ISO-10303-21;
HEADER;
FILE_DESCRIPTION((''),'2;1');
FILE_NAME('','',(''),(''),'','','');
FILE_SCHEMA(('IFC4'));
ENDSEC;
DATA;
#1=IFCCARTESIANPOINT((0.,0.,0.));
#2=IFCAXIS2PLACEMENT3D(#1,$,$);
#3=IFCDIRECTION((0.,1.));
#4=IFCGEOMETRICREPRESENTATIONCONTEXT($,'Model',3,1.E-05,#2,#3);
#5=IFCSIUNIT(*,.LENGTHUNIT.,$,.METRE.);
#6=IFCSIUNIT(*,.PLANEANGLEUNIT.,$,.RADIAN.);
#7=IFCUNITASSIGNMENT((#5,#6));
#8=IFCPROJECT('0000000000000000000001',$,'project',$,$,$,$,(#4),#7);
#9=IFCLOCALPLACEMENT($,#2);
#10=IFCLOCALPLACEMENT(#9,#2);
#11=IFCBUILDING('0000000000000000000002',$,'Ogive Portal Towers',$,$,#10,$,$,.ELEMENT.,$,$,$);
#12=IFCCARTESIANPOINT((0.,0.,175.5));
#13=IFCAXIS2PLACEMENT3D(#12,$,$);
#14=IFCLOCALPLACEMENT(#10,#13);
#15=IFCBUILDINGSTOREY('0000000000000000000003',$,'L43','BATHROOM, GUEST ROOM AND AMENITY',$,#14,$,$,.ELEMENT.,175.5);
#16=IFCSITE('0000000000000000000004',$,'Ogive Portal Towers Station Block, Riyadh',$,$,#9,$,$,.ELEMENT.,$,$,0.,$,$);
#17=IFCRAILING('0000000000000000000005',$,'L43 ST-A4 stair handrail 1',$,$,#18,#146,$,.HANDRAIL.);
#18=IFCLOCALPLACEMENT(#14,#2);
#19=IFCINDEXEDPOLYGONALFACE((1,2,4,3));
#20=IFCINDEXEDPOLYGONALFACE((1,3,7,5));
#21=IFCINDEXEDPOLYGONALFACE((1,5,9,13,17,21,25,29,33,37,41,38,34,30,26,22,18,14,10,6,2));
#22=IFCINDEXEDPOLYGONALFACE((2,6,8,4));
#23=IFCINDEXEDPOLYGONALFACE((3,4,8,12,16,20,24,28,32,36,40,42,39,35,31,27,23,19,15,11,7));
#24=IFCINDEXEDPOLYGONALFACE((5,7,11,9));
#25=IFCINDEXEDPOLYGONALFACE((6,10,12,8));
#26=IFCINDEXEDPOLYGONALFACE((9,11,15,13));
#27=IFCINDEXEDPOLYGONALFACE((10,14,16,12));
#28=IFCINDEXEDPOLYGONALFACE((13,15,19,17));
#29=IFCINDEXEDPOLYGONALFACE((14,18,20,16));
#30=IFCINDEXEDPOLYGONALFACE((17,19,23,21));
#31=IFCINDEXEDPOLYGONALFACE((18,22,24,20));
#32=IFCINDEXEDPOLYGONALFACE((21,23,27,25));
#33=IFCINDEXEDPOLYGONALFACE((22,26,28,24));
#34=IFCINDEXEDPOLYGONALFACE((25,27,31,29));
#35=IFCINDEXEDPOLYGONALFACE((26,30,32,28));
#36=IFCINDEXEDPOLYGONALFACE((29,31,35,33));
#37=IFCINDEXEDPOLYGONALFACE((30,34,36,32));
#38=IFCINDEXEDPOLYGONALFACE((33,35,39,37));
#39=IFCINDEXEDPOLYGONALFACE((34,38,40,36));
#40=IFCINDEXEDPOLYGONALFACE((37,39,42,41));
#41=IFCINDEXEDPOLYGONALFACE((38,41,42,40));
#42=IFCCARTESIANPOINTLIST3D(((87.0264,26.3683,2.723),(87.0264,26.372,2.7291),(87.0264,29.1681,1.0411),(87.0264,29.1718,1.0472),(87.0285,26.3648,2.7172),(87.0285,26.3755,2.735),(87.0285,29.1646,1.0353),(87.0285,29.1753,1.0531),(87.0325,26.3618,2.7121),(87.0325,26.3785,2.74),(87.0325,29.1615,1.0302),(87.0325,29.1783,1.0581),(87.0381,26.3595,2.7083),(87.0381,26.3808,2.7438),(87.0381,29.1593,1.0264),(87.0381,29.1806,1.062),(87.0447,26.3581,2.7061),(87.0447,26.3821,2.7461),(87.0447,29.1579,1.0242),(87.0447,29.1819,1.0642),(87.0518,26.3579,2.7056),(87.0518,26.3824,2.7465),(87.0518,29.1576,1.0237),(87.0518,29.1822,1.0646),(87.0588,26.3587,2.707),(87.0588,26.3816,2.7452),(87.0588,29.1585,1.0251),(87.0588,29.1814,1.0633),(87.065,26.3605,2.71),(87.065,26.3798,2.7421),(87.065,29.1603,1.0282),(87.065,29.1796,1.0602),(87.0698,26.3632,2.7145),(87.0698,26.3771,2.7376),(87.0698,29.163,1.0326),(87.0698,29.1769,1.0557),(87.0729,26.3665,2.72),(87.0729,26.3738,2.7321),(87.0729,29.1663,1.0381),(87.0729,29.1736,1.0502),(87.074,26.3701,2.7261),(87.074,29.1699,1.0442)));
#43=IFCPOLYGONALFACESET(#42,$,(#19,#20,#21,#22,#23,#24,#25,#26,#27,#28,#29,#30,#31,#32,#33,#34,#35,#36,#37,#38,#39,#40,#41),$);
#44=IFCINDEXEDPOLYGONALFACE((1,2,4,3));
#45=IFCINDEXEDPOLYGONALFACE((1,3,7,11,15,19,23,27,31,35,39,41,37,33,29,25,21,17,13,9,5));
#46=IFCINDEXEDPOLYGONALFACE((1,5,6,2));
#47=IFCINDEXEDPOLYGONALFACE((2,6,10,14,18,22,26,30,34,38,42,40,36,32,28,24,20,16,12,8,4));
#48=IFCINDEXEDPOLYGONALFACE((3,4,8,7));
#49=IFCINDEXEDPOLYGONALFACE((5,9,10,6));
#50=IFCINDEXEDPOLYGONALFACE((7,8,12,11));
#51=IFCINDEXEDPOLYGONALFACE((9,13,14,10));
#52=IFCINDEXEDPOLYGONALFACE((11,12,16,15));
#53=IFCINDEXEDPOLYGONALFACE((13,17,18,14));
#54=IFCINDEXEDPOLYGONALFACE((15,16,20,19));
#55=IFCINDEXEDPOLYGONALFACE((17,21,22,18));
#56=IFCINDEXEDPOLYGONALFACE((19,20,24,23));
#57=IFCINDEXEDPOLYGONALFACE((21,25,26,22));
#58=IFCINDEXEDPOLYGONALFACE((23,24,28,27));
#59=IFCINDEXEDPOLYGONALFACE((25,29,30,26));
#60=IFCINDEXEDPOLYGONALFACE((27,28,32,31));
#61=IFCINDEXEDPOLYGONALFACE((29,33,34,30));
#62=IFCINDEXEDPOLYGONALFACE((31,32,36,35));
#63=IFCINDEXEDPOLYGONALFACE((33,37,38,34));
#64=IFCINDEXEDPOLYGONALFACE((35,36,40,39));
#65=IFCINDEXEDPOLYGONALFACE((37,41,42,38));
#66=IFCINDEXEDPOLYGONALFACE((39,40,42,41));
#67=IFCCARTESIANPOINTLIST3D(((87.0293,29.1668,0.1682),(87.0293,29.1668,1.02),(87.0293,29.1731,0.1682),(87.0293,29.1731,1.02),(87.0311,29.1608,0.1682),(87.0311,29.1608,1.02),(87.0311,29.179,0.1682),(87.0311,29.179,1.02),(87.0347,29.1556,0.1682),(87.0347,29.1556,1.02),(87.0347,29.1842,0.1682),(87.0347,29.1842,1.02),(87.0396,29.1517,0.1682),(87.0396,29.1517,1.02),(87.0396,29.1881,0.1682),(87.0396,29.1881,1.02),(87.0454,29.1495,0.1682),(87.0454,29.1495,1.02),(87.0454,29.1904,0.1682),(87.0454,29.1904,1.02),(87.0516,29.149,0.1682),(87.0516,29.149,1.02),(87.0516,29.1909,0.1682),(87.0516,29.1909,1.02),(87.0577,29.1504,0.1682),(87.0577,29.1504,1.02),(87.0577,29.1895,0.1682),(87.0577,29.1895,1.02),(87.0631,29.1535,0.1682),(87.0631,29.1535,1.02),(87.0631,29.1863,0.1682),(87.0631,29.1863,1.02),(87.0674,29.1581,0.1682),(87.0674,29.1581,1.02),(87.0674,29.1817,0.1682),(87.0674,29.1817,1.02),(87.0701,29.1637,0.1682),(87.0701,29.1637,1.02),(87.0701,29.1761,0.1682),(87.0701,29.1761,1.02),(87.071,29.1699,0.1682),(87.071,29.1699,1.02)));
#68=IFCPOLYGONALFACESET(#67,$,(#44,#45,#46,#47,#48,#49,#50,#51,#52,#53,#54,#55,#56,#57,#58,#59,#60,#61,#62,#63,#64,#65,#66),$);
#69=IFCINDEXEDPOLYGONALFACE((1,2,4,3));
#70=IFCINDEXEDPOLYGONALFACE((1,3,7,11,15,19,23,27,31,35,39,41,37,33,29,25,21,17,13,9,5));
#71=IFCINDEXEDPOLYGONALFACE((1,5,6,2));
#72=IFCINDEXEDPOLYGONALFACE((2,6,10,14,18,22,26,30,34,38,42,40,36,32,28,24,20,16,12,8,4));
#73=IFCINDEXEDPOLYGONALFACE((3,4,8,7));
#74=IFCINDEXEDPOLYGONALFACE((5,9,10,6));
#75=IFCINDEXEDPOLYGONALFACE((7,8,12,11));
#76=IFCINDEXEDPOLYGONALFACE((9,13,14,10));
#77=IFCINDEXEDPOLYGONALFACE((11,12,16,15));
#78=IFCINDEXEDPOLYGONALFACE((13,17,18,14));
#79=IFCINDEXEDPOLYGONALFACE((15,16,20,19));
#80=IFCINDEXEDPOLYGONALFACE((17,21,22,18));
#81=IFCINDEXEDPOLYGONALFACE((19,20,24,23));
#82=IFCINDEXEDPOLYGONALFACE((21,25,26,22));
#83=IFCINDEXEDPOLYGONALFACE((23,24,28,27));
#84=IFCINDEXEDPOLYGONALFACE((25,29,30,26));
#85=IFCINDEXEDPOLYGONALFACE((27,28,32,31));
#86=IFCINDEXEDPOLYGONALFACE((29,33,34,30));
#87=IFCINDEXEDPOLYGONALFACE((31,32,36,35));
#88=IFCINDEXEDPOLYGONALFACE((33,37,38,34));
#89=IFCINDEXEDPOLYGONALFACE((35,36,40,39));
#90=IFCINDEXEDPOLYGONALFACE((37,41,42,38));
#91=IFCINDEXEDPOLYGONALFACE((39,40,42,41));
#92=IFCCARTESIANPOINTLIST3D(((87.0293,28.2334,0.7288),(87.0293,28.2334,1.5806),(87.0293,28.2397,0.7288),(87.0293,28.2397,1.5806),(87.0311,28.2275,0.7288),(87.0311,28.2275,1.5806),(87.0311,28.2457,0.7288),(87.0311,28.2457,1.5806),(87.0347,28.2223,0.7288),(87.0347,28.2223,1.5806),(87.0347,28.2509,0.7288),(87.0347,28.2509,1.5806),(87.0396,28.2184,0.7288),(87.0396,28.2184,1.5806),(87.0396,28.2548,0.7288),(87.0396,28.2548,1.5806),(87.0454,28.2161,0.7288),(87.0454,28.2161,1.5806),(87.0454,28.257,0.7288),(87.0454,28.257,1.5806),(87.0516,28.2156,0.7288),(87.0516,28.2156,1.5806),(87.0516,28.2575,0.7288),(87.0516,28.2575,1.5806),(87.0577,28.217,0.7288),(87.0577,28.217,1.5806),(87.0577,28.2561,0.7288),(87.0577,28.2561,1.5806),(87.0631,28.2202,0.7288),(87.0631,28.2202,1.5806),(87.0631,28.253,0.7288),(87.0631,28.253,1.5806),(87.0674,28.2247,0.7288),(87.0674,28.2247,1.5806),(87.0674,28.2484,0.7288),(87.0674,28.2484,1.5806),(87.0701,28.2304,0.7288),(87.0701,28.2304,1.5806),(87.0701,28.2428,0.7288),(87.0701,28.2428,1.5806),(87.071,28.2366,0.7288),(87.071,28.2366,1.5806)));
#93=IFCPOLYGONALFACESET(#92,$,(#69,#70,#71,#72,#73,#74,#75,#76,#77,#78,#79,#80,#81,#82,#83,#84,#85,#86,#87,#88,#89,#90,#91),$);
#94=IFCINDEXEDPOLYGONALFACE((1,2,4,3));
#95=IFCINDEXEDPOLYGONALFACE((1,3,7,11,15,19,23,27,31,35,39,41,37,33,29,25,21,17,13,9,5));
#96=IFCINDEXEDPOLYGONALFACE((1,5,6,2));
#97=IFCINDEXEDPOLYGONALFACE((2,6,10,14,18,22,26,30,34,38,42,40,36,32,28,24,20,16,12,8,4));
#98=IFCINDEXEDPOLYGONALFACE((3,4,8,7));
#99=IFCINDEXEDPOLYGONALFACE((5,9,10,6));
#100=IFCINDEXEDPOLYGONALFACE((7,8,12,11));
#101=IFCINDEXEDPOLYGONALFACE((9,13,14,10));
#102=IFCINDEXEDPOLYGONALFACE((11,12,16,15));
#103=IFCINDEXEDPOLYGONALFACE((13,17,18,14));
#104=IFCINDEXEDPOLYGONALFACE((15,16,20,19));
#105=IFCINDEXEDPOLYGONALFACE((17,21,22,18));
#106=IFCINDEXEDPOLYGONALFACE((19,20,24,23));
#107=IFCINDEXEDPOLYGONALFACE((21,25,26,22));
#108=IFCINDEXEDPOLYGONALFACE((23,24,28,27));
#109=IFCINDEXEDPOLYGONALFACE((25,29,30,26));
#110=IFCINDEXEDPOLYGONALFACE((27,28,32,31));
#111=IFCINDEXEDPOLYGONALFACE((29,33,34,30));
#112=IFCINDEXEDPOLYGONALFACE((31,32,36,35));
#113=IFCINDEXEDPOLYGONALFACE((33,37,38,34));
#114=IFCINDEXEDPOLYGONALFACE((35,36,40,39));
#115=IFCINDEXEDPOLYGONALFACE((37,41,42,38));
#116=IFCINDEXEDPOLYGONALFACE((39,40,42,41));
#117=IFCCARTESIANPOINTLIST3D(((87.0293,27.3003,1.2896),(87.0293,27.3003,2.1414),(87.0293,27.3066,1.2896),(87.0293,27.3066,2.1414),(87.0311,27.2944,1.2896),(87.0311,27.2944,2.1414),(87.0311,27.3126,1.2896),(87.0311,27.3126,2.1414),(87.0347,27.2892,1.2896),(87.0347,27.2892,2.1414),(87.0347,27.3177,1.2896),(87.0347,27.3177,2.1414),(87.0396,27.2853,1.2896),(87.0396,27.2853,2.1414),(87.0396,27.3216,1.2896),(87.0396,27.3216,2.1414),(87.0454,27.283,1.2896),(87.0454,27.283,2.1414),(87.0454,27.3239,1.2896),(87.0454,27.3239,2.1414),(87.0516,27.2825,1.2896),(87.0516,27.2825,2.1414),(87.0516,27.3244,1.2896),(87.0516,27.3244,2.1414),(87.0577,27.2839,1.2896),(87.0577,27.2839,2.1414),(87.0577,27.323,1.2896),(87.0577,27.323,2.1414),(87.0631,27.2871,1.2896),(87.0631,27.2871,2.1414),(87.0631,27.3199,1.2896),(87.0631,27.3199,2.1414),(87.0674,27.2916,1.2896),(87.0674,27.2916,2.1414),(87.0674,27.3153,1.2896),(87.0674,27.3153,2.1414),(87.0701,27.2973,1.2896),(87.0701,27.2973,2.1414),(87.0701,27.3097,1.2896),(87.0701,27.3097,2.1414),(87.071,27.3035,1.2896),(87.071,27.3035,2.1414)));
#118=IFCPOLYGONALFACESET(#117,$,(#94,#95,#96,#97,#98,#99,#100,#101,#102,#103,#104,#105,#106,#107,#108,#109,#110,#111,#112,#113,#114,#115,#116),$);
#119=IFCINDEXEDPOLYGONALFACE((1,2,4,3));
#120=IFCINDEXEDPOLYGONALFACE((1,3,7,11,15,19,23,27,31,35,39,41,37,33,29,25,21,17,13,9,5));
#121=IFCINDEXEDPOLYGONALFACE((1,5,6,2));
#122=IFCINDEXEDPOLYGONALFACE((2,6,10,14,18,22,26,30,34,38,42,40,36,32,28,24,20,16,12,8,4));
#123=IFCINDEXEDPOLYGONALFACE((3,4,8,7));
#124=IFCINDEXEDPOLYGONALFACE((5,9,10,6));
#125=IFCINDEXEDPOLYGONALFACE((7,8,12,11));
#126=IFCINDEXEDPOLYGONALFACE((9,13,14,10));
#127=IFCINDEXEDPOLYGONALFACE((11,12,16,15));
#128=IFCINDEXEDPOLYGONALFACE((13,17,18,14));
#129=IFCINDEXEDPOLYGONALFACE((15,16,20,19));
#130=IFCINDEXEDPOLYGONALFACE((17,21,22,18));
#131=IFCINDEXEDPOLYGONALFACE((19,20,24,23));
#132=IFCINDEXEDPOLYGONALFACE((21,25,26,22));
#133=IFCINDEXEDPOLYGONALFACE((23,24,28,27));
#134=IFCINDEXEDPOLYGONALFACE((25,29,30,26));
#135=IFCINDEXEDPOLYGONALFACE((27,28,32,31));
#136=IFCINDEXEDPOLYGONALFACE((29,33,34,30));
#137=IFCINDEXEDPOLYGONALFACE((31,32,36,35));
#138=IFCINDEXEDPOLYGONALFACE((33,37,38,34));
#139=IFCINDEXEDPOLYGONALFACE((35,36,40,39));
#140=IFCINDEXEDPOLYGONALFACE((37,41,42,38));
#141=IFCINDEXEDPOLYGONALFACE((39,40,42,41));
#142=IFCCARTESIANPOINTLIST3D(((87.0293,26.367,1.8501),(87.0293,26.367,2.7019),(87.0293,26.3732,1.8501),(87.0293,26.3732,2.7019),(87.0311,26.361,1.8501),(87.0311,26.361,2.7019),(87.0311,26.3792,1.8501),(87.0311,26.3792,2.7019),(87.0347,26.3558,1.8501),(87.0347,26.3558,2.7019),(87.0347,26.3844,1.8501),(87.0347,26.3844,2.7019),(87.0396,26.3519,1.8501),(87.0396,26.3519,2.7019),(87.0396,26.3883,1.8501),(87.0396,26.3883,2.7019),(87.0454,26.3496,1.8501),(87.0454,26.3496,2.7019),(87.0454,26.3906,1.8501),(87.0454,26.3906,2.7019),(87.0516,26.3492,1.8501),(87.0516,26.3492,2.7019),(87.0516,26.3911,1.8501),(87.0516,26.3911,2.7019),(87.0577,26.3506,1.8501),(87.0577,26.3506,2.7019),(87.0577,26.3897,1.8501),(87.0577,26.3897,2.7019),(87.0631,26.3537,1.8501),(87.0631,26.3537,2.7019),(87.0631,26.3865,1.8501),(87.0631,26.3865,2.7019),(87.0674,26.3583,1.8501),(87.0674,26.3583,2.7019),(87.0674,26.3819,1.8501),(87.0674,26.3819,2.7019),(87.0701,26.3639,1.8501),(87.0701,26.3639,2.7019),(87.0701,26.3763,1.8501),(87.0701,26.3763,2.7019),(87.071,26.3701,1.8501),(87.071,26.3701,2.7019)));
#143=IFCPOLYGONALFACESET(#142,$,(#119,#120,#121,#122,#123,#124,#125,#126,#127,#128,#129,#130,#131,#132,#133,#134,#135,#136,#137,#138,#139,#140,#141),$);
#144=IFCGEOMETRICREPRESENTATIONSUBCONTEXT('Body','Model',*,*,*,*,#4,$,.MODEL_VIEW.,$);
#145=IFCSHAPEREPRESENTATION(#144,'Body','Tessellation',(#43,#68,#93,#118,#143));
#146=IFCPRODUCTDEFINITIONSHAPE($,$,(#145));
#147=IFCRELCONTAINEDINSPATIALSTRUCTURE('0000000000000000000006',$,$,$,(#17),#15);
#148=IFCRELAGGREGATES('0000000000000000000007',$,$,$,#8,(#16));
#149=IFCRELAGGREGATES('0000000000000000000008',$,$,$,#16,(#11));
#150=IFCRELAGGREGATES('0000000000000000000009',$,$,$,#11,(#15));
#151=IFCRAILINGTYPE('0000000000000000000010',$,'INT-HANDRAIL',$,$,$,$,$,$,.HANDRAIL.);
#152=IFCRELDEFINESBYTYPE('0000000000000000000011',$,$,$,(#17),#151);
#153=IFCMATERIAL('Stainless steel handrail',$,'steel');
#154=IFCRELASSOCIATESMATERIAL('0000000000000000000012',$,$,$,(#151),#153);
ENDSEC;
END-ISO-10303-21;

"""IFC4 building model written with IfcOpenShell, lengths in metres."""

from ifc_helpers import new_model, si_unit, direction, frame, origin, origin_2d, place, context, subcontext, project, spatial, circle, extrude, material, type_object, element, save


model = new_model("IFC4")

# Units and contexts
model_context = context("Model", 3, precision=1e-05, world=origin(), true_north=direction((0.0, 1.0)))
body_context = subcontext(model_context, "Body", "Model", "MODEL_VIEW")
ifc_project = project(units=[si_unit("LENGTHUNIT", "METRE"), si_unit("PLANEANGLEUNIT", "RADIAN")], contexts=[model_context])

# Site, building, storey
site_placement = place(None, origin())
site = spatial("IfcSite", under=ifc_project, at=site_placement, Name="Ogive Portal Towers Station Block, Riyadh", CompositionType="ELEMENT", RefElevation=0.0)
building_placement = place(site_placement, origin())
building = spatial("IfcBuilding", under=site, at=building_placement, Name="Ogive Portal Towers", CompositionType="ELEMENT")
storey_placement = place(building_placement, frame((0.0, 0.0, 175.5)))
storey = spatial("IfcBuildingStorey", under=building, at=storey_placement, Name="L43", Description="BATHROOM, GUEST ROOM AND AMENITY", CompositionType="ELEMENT", Elevation=175.5)

# Railing
ifc_material_1 = material(Name="Stainless steel handrail", Category="steel")
railing_type_1 = type_object("IfcRailingType", Name="INT-HANDRAIL", PredefinedType="HANDRAIL", material=ifc_material_1)
railing_1_placement = place(storey_placement, frame((87.05, 29.1699, 0.1682)))
element("IfcRailing", 1, at=railing_1_placement, inside=storey, type_object=railing_type_1, Name="L43 ST-A4 stair handrail 1", PredefinedType="HANDRAIL", context=body_context, shape_type="SweptSolid", body=[
    extrude(circle(Radius=0.0239, at=origin_2d()), frame((0.0, 0.0, 0.876), z_axis=(0.0, -0.857222, 0.514946), x_axis=(1.0, 0.0, 0.0)), (0.0, 0.0, 1.0), 3.2661),
    extrude(circle(Radius=0.021, at=origin_2d()), origin(), (0.0, 0.0, 1.0), 0.8518),
    extrude(circle(Radius=0.021, at=origin_2d()), frame((0.0, -0.9333, 0.5605)), (0.0, 0.0, 1.0), 0.8518),
    extrude(circle(Radius=0.021, at=origin_2d()), frame((0.0, -1.8665, 1.1213)), (0.0, 0.0, 1.0), 0.8518),
    extrude(circle(Radius=0.021, at=origin_2d()), frame((0.0, -2.7998, 1.6819)), (0.0, 0.0, 1.0), 0.8518),
])

save(model, "model.ifc")
